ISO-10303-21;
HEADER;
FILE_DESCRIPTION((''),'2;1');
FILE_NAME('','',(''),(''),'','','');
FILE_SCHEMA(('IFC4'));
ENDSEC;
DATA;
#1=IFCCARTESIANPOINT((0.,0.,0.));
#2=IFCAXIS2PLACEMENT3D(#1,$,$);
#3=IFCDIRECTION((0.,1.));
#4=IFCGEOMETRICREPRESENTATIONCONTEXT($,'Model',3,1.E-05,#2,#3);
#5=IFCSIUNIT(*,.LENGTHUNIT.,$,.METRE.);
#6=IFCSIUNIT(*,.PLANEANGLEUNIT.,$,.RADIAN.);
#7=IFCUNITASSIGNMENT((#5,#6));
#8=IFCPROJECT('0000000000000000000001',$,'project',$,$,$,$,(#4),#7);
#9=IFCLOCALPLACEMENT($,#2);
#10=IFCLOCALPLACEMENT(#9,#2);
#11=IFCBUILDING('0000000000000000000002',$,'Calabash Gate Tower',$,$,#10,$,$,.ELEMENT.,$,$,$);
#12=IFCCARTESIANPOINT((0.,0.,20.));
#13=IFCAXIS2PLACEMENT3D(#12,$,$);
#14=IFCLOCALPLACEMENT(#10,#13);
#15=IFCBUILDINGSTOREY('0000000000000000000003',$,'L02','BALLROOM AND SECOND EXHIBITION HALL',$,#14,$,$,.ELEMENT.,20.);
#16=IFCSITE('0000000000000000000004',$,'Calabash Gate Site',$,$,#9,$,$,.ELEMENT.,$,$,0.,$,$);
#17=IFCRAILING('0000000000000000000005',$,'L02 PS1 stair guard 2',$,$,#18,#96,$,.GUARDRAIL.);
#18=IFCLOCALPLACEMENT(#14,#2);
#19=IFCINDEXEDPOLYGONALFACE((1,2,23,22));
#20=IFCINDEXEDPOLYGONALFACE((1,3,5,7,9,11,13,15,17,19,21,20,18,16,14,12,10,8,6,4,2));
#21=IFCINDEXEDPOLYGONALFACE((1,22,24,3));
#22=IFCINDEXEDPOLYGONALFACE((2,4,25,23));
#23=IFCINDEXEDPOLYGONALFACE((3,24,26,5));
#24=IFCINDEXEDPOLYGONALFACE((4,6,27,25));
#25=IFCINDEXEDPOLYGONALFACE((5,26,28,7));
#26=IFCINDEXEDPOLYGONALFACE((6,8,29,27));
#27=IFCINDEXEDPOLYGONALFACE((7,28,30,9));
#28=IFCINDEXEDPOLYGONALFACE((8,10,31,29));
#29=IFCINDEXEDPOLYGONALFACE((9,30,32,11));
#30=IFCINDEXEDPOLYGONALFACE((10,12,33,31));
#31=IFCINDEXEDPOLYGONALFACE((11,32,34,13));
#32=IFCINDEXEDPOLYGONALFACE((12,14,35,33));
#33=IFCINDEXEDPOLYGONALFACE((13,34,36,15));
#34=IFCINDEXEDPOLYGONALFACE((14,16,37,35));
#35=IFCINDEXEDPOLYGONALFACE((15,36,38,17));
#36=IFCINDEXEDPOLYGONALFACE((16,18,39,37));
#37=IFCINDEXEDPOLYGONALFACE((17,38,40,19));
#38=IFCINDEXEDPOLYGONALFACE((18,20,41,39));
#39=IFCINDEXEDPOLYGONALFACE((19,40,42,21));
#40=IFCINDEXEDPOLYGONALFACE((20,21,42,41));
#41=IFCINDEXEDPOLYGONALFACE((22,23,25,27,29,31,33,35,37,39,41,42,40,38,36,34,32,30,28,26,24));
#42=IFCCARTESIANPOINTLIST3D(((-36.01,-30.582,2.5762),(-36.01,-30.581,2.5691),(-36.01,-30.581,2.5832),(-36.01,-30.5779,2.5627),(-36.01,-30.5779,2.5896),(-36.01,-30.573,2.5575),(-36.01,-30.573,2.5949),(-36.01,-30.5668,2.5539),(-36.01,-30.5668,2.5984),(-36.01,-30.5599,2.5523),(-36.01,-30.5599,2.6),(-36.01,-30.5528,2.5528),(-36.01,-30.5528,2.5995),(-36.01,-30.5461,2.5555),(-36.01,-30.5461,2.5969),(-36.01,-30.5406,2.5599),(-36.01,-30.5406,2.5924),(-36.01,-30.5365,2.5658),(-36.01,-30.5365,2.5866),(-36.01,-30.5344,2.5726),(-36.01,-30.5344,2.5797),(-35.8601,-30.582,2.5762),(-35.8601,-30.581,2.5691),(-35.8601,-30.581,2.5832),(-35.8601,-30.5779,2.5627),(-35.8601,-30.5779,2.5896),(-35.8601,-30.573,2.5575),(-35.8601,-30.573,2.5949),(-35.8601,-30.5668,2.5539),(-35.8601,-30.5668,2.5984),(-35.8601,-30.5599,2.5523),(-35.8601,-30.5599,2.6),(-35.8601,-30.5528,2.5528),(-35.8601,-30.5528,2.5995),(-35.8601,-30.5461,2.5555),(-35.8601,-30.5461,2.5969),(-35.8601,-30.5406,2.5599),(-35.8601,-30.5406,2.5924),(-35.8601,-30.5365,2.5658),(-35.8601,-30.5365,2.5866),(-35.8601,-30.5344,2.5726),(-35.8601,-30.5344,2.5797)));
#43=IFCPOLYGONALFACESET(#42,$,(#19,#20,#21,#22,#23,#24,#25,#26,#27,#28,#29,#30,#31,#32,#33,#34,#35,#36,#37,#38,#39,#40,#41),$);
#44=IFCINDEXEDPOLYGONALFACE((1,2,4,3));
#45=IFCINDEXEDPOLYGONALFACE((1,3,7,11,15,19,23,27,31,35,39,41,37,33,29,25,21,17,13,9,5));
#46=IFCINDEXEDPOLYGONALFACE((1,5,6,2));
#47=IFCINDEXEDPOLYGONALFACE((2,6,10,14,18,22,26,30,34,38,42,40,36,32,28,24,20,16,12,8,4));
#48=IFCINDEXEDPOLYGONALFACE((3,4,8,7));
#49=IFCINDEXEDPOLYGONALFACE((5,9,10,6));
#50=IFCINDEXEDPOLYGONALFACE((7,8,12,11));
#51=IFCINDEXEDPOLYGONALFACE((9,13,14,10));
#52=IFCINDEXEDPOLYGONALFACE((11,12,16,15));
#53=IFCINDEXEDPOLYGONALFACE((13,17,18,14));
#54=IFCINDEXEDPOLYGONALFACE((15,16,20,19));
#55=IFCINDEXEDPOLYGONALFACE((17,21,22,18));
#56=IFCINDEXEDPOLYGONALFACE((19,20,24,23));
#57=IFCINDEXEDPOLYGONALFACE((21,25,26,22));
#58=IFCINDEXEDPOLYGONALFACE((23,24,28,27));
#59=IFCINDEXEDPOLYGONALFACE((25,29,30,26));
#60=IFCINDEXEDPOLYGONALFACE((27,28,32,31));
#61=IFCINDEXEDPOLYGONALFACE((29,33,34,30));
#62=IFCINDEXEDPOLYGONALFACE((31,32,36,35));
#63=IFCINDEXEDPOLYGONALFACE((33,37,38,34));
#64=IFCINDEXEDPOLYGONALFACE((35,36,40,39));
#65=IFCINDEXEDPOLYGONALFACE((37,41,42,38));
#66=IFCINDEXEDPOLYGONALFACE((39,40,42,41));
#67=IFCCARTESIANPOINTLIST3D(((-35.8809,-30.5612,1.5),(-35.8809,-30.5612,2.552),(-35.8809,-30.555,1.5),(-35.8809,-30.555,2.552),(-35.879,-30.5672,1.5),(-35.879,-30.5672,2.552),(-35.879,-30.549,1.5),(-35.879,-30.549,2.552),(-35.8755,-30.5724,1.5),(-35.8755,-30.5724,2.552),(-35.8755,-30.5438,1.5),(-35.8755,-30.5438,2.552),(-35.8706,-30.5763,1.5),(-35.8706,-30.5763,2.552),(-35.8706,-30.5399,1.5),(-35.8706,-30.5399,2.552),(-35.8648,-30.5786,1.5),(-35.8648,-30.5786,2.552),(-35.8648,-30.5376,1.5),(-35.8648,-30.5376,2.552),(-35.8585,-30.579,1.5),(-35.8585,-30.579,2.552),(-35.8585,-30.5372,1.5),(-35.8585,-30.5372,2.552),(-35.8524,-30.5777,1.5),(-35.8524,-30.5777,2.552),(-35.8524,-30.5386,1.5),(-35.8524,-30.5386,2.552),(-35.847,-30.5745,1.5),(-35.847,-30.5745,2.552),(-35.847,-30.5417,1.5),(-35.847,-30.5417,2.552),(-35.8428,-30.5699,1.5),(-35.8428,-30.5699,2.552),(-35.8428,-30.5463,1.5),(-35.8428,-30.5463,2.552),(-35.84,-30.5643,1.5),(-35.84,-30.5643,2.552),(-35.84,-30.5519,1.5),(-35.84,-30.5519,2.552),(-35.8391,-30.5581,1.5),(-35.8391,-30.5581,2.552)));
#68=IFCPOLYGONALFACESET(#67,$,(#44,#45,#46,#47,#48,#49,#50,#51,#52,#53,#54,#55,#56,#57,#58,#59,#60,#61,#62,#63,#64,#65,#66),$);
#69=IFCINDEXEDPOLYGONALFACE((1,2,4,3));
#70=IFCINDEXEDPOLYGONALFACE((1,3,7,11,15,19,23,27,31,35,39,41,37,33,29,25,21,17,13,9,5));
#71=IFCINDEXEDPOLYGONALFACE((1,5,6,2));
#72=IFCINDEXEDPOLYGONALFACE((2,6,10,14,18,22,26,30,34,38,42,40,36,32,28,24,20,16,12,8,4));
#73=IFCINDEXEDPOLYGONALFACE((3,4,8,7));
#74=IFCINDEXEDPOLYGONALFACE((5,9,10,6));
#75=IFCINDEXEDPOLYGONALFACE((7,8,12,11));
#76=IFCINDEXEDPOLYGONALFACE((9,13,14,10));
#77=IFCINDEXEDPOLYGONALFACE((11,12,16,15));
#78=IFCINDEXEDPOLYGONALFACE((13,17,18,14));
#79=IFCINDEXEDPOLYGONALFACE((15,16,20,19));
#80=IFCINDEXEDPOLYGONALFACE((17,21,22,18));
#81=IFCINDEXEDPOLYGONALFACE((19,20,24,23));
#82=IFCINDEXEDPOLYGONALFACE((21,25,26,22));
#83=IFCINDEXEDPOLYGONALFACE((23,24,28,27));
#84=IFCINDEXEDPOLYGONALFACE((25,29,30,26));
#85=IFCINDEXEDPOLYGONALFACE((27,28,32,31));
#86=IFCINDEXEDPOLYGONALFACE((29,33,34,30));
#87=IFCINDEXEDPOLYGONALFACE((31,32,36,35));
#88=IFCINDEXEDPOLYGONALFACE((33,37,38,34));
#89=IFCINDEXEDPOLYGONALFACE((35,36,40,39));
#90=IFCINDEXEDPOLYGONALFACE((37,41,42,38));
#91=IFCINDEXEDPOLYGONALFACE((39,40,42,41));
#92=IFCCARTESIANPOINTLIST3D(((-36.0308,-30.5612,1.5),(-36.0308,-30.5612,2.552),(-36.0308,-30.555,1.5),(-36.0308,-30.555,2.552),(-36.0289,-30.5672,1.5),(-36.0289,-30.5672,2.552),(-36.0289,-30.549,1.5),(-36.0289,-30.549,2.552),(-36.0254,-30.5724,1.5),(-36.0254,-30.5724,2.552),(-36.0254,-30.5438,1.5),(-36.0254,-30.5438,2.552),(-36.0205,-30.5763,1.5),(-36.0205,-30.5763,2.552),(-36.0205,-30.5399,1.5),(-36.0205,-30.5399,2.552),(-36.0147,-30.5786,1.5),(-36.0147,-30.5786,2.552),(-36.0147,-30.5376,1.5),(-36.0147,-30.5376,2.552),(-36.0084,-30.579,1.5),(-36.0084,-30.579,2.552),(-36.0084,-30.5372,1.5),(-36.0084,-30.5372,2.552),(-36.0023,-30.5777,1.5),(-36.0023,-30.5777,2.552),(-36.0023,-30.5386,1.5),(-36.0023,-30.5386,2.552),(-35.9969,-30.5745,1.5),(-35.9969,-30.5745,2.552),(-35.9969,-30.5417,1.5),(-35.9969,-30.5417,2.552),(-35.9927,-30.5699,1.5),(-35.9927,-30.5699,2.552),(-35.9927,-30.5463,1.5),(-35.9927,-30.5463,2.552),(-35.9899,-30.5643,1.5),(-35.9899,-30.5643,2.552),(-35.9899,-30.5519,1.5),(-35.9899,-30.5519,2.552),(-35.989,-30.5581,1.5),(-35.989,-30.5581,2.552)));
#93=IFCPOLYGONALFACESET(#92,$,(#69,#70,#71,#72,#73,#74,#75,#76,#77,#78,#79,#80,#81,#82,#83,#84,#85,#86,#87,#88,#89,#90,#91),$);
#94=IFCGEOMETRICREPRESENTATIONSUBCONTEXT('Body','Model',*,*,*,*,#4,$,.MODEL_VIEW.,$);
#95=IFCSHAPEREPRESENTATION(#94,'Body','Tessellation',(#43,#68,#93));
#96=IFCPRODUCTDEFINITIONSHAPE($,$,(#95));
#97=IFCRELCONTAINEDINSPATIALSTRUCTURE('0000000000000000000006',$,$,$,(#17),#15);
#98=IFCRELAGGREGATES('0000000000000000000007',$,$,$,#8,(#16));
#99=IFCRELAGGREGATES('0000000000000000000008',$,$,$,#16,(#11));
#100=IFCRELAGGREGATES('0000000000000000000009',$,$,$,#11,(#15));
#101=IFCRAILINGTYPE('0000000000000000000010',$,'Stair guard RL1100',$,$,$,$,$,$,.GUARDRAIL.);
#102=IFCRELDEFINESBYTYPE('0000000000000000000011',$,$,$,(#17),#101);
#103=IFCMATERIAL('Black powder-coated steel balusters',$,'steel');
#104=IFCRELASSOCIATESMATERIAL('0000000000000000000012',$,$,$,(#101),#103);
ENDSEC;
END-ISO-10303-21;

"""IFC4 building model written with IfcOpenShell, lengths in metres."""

from ifc_helpers import new_model, si_unit, direction, frame, origin, origin_2d, place, context, subcontext, project, spatial, circle, extrude, material, type_object, element, save


model = new_model("IFC4")

# Units and contexts
model_context = context("Model", 3, precision=1e-05, world=origin(), true_north=direction((0.0, 1.0)))
body_context = subcontext(model_context, "Body", "Model", "MODEL_VIEW")
ifc_project = project(units=[si_unit("LENGTHUNIT", "METRE"), si_unit("PLANEANGLEUNIT", "RADIAN")], contexts=[model_context])

# Site, building, storey
site_placement = place(None, origin())
site = spatial("IfcSite", under=ifc_project, at=site_placement, Name="Calabash Gate Site", CompositionType="ELEMENT", RefElevation=0.0)
building_placement = place(site_placement, origin())
building = spatial("IfcBuilding", under=site, at=building_placement, Name="Calabash Gate Tower", CompositionType="ELEMENT")
storey_placement = place(building_placement, frame((0.0, 0.0, 20.0)))
storey = spatial("IfcBuildingStorey", under=building, at=storey_placement, Name="L02", Description="BALLROOM AND SECOND EXHIBITION HALL", CompositionType="ELEMENT", Elevation=20.0)

# Railing
ifc_material_1 = material(Name="Black powder-coated steel balusters", Category="steel")
railing_type_1 = type_object("IfcRailingType", Name="Stair guard RL1100", PredefinedType="GUARDRAIL", material=ifc_material_1)
railing_1_placement = place(storey_placement, frame((-35.8601, -30.5581, 1.5)))
element("IfcRailing", 1, at=railing_1_placement, inside=storey, type_object=railing_type_1, Name="L02 PS1 stair guard 2", PredefinedType="GUARDRAIL", context=body_context, shape_type="SweptSolid", body=[
    extrude(circle(Radius=0.0239, at=origin_2d()), frame((0.0, 0.0, 1.0762), z_axis=(-1.0, 0.0, 0.0), x_axis=(0.0, -1.0, 0.0)), (0.0, 0.0, 1.0), 0.1499),
    extrude(circle(Radius=0.021, at=origin_2d()), origin(), (0.0, 0.0, 1.0), 1.052),
    extrude(circle(Radius=0.021, at=origin_2d()), frame((-0.1499, 0.0, 0.0)), (0.0, 0.0, 1.0), 1.052),
])

save(model, "model.ifc")
